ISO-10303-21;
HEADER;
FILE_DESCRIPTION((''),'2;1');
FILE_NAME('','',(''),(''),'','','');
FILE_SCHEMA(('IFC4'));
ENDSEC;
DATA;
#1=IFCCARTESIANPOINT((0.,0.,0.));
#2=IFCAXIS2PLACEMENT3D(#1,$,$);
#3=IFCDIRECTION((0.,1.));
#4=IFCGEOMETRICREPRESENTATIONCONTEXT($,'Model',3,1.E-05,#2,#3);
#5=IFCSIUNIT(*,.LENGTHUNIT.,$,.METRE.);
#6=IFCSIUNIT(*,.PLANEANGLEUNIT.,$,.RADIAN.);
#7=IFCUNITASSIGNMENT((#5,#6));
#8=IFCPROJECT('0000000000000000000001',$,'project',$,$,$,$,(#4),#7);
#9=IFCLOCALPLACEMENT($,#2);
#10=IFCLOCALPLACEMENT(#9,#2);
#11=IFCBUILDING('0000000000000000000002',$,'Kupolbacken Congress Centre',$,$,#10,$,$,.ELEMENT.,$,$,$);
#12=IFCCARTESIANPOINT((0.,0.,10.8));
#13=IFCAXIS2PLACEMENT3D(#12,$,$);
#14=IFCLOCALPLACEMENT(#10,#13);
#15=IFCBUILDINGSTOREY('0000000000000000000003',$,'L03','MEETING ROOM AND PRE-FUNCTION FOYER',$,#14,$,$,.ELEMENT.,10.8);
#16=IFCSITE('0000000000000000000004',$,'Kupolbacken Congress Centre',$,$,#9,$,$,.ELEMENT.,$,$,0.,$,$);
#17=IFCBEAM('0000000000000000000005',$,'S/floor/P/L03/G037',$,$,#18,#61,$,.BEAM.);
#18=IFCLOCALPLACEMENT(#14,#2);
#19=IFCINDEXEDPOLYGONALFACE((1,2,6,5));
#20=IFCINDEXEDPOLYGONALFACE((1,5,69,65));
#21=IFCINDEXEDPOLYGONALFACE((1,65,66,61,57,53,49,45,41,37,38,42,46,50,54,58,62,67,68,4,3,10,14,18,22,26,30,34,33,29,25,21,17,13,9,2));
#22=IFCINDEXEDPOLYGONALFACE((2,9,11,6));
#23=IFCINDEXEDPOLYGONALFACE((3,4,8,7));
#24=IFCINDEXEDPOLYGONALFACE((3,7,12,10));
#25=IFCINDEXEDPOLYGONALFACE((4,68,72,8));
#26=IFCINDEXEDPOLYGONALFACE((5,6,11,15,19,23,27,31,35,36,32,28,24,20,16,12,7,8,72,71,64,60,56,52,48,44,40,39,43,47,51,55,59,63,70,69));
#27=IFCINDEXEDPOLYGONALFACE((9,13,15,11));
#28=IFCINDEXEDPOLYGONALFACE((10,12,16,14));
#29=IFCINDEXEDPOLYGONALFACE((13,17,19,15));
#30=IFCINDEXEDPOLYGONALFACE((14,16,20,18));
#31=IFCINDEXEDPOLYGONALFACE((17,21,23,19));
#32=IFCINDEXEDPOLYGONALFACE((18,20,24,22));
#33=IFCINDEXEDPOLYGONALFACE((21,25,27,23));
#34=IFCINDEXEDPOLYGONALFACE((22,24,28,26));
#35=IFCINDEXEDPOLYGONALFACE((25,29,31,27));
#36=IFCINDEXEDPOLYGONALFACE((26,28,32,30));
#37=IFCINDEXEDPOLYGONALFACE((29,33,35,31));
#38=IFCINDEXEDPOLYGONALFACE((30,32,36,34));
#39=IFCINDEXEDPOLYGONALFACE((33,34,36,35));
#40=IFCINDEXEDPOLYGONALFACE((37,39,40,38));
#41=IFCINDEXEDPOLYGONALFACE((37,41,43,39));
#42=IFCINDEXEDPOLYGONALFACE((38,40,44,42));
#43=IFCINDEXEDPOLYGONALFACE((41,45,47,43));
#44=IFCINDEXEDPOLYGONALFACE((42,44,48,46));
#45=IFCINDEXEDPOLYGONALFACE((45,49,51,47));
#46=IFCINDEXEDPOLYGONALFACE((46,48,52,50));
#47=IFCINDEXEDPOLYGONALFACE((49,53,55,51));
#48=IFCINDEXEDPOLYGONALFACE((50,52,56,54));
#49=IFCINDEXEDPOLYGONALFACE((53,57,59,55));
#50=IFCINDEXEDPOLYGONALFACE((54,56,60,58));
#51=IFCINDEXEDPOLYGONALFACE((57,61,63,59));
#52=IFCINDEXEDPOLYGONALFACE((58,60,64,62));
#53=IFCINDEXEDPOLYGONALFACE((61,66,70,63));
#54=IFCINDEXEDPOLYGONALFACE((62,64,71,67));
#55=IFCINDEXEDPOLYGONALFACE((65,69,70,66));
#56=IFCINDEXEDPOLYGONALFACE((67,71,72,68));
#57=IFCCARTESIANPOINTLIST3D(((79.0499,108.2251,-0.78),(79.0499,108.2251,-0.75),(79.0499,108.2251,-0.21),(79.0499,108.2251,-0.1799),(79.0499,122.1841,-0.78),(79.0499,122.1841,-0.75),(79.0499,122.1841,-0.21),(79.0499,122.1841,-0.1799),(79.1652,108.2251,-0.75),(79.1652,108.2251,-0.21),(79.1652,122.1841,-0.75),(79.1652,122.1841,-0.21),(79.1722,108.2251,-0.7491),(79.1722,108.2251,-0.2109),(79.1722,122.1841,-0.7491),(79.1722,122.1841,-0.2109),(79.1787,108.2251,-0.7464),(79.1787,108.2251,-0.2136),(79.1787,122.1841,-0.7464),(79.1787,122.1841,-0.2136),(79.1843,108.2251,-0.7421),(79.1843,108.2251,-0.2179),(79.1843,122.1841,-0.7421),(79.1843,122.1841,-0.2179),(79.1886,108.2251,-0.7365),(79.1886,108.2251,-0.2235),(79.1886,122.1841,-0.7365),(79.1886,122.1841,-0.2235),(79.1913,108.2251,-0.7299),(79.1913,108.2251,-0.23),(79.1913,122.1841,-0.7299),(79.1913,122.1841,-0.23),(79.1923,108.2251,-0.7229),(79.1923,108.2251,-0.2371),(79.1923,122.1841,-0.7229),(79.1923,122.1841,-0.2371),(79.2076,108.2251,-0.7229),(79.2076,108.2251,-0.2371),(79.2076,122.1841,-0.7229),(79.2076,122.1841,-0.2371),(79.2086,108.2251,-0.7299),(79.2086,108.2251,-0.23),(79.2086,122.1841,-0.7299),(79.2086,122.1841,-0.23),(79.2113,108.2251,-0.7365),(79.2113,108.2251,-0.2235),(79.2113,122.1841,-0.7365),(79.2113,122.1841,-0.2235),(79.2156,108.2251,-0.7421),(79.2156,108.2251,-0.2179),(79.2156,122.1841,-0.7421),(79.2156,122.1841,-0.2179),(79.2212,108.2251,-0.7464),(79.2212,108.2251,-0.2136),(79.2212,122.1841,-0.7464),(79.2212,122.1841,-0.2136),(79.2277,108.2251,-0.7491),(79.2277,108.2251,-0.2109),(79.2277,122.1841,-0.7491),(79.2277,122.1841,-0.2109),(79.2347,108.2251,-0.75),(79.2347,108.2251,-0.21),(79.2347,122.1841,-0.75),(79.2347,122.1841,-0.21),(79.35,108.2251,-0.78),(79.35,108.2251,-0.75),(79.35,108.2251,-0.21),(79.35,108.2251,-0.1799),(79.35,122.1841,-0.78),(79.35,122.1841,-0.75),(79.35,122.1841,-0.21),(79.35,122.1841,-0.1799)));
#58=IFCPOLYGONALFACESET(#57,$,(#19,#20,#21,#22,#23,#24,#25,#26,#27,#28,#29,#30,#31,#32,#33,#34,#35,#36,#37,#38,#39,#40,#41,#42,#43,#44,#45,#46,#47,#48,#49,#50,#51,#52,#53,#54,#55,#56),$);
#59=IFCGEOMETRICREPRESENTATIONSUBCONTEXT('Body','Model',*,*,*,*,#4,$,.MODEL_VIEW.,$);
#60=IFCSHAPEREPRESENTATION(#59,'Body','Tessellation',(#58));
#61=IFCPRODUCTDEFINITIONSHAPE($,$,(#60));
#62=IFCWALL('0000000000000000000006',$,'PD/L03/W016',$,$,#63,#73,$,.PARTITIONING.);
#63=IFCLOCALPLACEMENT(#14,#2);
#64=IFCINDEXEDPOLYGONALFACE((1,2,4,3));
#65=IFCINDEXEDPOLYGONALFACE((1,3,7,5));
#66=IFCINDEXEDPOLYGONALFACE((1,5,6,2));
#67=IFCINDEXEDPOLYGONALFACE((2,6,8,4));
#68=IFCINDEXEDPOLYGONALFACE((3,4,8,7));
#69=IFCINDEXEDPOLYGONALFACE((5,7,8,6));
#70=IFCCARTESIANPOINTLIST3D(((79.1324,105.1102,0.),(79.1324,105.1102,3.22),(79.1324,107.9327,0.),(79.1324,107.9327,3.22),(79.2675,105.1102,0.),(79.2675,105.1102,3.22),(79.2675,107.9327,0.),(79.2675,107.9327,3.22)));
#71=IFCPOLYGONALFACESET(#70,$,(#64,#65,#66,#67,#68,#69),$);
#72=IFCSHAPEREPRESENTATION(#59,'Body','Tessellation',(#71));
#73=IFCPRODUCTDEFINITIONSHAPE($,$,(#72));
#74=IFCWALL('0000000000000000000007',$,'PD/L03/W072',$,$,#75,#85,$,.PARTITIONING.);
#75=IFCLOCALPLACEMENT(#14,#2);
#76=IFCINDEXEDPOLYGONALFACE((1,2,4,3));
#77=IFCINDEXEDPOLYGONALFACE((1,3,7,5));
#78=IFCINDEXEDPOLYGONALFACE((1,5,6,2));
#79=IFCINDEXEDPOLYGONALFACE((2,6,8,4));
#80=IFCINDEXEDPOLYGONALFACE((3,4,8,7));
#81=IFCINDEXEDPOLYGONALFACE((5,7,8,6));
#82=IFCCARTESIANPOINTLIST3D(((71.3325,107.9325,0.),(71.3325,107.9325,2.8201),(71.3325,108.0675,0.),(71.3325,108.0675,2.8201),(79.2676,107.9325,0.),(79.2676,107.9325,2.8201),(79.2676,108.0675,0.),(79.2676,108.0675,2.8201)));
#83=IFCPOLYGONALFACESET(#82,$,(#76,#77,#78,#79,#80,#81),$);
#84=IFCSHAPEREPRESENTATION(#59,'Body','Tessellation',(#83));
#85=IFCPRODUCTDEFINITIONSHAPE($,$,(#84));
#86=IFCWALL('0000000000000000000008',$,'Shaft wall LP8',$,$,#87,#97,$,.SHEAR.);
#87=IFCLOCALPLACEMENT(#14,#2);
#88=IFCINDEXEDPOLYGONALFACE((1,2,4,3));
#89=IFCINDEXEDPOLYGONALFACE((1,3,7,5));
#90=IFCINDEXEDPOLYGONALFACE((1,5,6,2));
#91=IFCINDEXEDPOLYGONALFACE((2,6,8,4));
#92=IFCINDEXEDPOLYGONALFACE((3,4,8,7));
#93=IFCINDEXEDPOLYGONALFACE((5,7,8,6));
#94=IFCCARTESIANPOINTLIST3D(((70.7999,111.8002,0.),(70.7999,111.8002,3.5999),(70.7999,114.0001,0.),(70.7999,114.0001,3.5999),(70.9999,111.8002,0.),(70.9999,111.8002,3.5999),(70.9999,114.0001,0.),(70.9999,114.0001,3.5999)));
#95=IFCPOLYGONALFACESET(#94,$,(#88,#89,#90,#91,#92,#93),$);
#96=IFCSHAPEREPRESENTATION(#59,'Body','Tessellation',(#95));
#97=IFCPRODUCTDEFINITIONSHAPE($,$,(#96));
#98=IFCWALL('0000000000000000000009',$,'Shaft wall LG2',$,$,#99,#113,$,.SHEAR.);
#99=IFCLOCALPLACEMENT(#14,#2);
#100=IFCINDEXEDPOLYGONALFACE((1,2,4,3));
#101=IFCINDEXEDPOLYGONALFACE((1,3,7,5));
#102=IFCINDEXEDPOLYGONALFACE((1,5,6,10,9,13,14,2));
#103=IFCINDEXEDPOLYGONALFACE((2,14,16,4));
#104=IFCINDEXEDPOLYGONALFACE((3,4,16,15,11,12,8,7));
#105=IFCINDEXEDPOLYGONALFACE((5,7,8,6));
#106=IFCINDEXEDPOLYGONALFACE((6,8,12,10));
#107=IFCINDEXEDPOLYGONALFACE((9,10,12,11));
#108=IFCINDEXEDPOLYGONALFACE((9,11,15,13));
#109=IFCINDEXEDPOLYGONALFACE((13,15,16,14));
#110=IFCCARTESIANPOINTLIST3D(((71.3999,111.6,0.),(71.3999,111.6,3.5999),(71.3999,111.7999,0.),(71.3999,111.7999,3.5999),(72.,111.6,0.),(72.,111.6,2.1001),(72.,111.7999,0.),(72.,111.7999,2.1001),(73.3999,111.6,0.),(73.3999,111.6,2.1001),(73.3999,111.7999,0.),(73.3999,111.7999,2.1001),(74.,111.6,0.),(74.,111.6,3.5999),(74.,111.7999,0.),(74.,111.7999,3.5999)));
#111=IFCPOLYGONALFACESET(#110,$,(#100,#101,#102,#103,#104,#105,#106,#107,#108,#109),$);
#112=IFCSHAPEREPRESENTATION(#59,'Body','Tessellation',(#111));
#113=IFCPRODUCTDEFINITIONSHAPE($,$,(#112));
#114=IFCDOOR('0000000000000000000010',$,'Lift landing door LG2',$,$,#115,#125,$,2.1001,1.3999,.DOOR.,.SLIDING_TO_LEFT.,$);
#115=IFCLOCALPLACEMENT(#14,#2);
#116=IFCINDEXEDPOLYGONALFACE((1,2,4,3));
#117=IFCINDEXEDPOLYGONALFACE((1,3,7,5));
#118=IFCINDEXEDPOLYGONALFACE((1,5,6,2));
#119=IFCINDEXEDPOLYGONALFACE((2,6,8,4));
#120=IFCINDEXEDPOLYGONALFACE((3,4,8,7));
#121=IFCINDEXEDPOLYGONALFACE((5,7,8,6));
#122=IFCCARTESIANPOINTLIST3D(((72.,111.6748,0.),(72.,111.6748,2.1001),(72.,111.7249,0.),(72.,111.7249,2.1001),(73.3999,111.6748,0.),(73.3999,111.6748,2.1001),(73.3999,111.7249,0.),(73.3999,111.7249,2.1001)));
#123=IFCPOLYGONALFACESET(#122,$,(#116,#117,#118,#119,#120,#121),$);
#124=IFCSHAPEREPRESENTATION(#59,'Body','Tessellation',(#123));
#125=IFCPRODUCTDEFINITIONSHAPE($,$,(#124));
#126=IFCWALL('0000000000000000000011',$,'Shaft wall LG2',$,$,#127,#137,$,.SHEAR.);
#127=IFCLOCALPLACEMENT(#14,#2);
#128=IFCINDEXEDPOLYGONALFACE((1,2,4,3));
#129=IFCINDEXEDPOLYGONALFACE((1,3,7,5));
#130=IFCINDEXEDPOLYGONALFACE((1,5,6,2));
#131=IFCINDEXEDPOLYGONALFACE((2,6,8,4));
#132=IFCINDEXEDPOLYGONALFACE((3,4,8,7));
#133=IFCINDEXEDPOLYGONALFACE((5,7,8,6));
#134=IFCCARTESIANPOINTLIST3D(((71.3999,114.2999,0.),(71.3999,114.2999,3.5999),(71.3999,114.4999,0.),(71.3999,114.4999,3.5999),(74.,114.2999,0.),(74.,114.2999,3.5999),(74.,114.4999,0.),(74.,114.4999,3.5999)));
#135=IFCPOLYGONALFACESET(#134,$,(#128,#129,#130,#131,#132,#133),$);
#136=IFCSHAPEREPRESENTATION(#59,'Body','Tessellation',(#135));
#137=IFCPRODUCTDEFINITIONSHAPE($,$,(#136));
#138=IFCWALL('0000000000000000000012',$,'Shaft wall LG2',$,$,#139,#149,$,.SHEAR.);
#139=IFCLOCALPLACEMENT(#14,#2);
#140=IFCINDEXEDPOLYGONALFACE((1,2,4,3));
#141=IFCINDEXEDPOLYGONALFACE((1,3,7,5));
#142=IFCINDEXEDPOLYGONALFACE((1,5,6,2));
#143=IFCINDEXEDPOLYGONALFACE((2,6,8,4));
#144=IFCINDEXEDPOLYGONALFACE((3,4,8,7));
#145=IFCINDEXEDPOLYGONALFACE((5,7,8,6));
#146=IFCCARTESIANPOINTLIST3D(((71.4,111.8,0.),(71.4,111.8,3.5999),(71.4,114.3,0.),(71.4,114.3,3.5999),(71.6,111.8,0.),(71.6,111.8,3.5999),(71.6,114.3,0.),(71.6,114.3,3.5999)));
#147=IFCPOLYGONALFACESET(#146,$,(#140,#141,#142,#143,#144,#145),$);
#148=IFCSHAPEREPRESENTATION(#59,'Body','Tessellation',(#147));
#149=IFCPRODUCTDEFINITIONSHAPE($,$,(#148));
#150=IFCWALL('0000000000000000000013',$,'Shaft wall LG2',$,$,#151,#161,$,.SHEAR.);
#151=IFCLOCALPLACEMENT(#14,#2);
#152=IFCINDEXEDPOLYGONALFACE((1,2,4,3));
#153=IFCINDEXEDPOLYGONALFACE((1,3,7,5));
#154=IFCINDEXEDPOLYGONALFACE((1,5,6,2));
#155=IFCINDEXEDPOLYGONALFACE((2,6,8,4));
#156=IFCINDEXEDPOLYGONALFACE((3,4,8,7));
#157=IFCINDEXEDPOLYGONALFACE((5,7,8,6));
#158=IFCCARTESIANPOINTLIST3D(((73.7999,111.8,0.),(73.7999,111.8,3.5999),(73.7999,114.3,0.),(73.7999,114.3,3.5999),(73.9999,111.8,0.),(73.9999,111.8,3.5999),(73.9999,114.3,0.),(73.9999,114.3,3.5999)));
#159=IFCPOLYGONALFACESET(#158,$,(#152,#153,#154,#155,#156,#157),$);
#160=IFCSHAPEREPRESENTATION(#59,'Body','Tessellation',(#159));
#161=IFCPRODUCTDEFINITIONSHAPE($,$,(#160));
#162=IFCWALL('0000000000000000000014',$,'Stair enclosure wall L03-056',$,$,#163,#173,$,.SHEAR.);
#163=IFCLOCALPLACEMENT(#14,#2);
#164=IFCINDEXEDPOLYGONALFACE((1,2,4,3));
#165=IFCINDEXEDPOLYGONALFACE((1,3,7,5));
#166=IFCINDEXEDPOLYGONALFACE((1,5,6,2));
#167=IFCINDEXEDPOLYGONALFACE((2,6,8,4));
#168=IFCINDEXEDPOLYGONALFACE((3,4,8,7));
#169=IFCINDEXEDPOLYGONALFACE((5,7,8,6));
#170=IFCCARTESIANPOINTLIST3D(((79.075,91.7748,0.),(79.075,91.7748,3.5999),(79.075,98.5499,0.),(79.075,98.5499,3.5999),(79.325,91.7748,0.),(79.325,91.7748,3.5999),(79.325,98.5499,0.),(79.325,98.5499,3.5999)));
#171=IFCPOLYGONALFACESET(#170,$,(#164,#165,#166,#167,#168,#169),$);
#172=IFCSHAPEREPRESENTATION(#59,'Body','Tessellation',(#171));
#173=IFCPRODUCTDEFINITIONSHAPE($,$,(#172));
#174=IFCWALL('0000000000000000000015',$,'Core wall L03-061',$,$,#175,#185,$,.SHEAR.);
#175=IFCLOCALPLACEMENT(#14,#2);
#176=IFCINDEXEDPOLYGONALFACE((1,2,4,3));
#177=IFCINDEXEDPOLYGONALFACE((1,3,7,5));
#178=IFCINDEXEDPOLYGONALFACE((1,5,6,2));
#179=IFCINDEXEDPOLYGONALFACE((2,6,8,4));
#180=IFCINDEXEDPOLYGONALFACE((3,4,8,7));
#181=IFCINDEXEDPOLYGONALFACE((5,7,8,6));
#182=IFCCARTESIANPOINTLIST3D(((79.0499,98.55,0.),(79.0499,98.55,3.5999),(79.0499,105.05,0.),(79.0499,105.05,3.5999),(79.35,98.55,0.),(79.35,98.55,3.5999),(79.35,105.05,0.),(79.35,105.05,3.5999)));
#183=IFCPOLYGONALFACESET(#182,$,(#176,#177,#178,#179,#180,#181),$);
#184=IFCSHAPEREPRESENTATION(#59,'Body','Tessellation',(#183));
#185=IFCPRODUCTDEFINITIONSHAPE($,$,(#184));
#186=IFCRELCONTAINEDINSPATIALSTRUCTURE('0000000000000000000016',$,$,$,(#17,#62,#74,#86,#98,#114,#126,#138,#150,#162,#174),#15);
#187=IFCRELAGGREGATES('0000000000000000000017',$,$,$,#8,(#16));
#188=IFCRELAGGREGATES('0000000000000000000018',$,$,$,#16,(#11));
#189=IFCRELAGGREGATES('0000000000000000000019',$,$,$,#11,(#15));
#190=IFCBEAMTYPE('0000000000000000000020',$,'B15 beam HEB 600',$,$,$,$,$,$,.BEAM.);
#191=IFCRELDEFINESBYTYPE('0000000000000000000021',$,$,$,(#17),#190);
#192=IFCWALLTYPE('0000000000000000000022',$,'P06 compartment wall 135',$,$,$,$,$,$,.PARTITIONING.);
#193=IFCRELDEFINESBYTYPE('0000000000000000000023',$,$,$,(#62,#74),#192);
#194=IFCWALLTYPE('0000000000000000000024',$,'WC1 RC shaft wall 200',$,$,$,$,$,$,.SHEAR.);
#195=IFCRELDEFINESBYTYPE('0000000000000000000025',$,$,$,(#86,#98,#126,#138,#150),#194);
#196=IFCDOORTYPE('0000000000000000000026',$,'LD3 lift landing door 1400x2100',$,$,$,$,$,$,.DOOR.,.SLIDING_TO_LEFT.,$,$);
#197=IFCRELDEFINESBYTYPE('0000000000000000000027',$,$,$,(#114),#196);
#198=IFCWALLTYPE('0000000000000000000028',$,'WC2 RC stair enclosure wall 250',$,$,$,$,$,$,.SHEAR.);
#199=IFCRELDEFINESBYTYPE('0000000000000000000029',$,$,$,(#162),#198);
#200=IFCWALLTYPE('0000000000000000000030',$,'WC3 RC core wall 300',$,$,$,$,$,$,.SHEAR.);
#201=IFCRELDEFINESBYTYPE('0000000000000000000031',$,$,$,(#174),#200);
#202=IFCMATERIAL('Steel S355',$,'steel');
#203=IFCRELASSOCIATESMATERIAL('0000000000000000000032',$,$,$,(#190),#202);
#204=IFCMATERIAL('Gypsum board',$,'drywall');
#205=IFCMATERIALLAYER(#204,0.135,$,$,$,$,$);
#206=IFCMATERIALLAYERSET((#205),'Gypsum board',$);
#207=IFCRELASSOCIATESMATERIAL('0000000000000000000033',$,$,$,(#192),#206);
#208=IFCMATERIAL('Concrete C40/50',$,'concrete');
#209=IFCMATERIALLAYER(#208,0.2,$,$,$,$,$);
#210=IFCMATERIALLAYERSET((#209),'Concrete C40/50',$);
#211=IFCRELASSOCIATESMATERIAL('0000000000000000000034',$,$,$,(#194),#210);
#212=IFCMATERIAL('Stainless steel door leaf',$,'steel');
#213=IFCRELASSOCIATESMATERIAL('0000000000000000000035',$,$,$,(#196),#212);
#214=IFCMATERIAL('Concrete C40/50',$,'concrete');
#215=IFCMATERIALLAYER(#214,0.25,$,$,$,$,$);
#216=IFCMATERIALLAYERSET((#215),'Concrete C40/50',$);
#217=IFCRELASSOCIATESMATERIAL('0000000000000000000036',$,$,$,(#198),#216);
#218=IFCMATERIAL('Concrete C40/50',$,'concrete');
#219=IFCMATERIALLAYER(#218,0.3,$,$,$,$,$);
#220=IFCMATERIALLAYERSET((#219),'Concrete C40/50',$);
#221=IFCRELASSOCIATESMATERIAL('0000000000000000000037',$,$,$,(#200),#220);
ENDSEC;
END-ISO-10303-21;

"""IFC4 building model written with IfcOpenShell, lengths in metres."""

from ifc_helpers import new_model, si_unit, direction, frame, frame_2d, origin, origin_2d, place, context, subcontext, project, spatial, rectangle, i_section, extrude, material, layer, layer_set, material_profile, profile_set, type_object, element, fill, save


model = new_model("IFC4")

# Units and contexts
model_context = context("Model", 3, precision=1e-05, world=origin(), true_north=direction((0.0, 1.0)))
body_context = subcontext(model_context, "Body", "Model", "MODEL_VIEW")
ifc_project = project(units=[si_unit("LENGTHUNIT", "METRE"), si_unit("PLANEANGLEUNIT", "RADIAN")], contexts=[model_context])

# Site, building, storey
site_placement = place(None, origin())
site = spatial("IfcSite", under=ifc_project, at=site_placement, Name="Kupolbacken Congress Centre", CompositionType="ELEMENT", RefElevation=0.0)
building_placement = place(site_placement, origin())
building = spatial("IfcBuilding", under=site, at=building_placement, Name="Kupolbacken Congress Centre", CompositionType="ELEMENT")
storey_placement = place(building_placement, frame((0.0, 0.0, 10.8)))
storey = spatial("IfcBuildingStorey", under=building, at=storey_placement, Name="L03", Description="MEETING ROOM AND PRE-FUNCTION FOYER", CompositionType="ELEMENT", Elevation=10.8)

# Beam
ifc_material_1 = material(Name="Steel S355", Category="steel")
ifc_material_profile_1 = material_profile(ifc_material_1, i_section(OverallWidth=0.3, OverallDepth=0.6001, WebThickness=0.0154, FlangeThickness=0.03, FilletRadius=0.0271, at=origin_2d()), Name="HEB 600")
ifc_profile_set_1 = profile_set([ifc_material_profile_1], Name="Steel S355")
beam_type_1 = type_object("IfcBeamType", Name="B15 beam HEB 600", PredefinedType="BEAM", material=ifc_profile_set_1)
beam_1_placement = place(storey_placement, frame((79.2, 108.2251, -0.48), z_axis=(0.0, 1.0, 0.0), x_axis=(-1.0, 0.0, 0.0)))
element("IfcBeam", 1, at=beam_1_placement, inside=storey, type_object=beam_type_1, Name="S/floor/P/L03/G037", PredefinedType="BEAM", context=body_context, shape_type="SweptSolid", body=[
    extrude(i_section(OverallWidth=0.3, OverallDepth=0.6001, WebThickness=0.0154, FlangeThickness=0.03, FilletRadius=0.0271, at=origin_2d()), origin(), (0.0, 0.0, 1.0), 13.959),
])

# Walls
ifc_material_2 = material(Name="Gypsum board", Category="drywall")
ifc_layer_1 = layer(ifc_material_2, 0.135)
ifc_layer_set_1 = layer_set([ifc_layer_1], Name="Gypsum board")
wall_type_1 = type_object("IfcWallType", Name="P06 compartment wall 135", PredefinedType="PARTITIONING", material=ifc_layer_set_1)
wall_1_placement = place(storey_placement, frame((79.2, 107.9326, 0.0), z_axis=(0.0, 0.0, 1.0), x_axis=(0.0, -1.0, 0.0)))
element("IfcWall", 2, at=wall_1_placement, inside=storey, type_object=wall_type_1, Name="PD/L03/W016", PredefinedType="PARTITIONING", context=body_context, shape_type="SweptSolid", body=[
    extrude(rectangle(XDim=2.8225, YDim=0.135, at=frame_2d((1.4111, 0.0))), origin(), (0.0, 0.0, 1.0), 3.22),
])
wall_2_placement = place(storey_placement, frame((71.3325, 108.0, 0.0), z_axis=(0.0, 0.0, 1.0), x_axis=(1.0, 0.0, 0.0)))
element("IfcWall", 3, at=wall_2_placement, inside=storey, type_object=wall_type_1, Name="PD/L03/W072", PredefinedType="PARTITIONING", context=body_context, shape_type="SweptSolid", body=[
    extrude(rectangle(XDim=7.9351, YDim=0.135, at=frame_2d((3.9675, 0.0))), origin(), (0.0, 0.0, 1.0), 2.8201),
])
ifc_material_3 = material(Name="Concrete C40/50", Category="concrete")
ifc_layer_2 = layer(ifc_material_3, 0.2)
ifc_layer_set_2 = layer_set([ifc_layer_2], Name="Concrete C40/50")
wall_type_2 = type_object("IfcWallType", Name="WC1 RC shaft wall 200", PredefinedType="SHEAR", material=ifc_layer_set_2)
wall_3_placement = place(storey_placement, frame((70.8999, 111.8, 0.0), z_axis=(0.0, 0.0, 1.0), x_axis=(0.0, 1.0, 0.0)))
element("IfcWall", 4, at=wall_3_placement, inside=storey, type_object=wall_type_2, Name="Shaft wall LP8", PredefinedType="SHEAR", context=body_context, shape_type="SweptSolid", body=[
    extrude(rectangle(XDim=2.2, YDim=0.2, at=frame_2d((1.1001, 0.0))), origin(), (0.0, 0.0, 1.0), 3.5999),
])

# Wall, opening, door
wall_4_placement = place(storey_placement, frame((71.3999, 111.7, 0.0), z_axis=(0.0, 0.0, 1.0), x_axis=(1.0, 0.0, 0.0)))
wall_4 = element("IfcWall", 5, at=wall_4_placement, inside=storey, type_object=wall_type_2, Name="Shaft wall LG2", PredefinedType="SHEAR", context=body_context, shape_type="SweptSolid", body=[
    extrude(rectangle(XDim=2.6001, YDim=0.2, at=frame_2d((1.3, 0.0))), origin(), (0.0, 0.0, 1.0), 3.5999),
])
opening_placement = place(wall_4_placement, frame((0.6001, 0.0, 0.0)))
opening = element("IfcOpeningElement", 6, at=opening_placement, cuts=wall_4, PredefinedType="OPENING", context=body_context, shape_type="SweptSolid", body=[
    extrude(rectangle(XDim=1.3999, YDim=2.1001, at=frame_2d((0.7, 1.05))), frame((0.0, 0.1099, 0.0), z_axis=(0.0, -1.0, 0.0), x_axis=(1.0, 0.0, 0.0)), (0.0, 0.0, 1.0), 0.22),
])
ifc_material_4 = material(Name="Stainless steel door leaf", Category="steel")
door_type = type_object("IfcDoorType", Name="LD3 lift landing door 1400x2100", OperationType="SLIDING_TO_LEFT", PredefinedType="DOOR", material=ifc_material_4)
door_placement = place(opening_placement, origin())
door = element("IfcDoor", 7, at=door_placement, inside=storey, type_object=door_type, Name="Lift landing door LG2", OperationType="SLIDING_TO_LEFT", OverallHeight=2.1001, OverallWidth=1.3999, PredefinedType="DOOR", context=body_context, shape_type="SweptSolid", body=[
    extrude(rectangle(XDim=1.3999, YDim=2.1001, at=frame_2d((0.7, 1.05))), frame((0.0, 0.0249, 0.0), z_axis=(0.0, -1.0, 0.0), x_axis=(1.0, 0.0, 0.0)), (0.0, 0.0, 1.0), 0.05),
])
fill(opening, door)

# Walls
wall_5_placement = place(storey_placement, frame((71.3999, 114.3999, 0.0), z_axis=(0.0, 0.0, 1.0), x_axis=(1.0, 0.0, 0.0)))
element("IfcWall", 8, at=wall_5_placement, inside=storey, type_object=wall_type_2, Name="Shaft wall LG2", PredefinedType="SHEAR", context=body_context, shape_type="SweptSolid", body=[
    extrude(rectangle(XDim=2.6001, YDim=0.2, at=frame_2d((1.3, 0.0))), origin(), (0.0, 0.0, 1.0), 3.5999),
])
for number, where, z_axis, x_axis, name in (
    (9, (71.5, 111.8, 0.0), (0.0, 0.0, 1.0), (0.0, 1.0, 0.0), "Shaft wall LG2"),
    (10, (73.8999, 111.8, 0.0), (0.0, 0.0, 1.0), (0.0, 1.0, 0.0), "Shaft wall LG2"),
):
    element("IfcWall", number, at=place(storey_placement, frame(where, z_axis=z_axis, x_axis=x_axis)), inside=storey, type_object=wall_type_2, Name=name, PredefinedType="SHEAR", context=body_context, shape_type="SweptSolid", body=[
        extrude(rectangle(XDim=2.5, YDim=0.2, at=frame_2d((1.25, 0.0))), origin(), (0.0, 0.0, 1.0), 3.5999),
    ])
ifc_material_5 = material(Name="Concrete C40/50", Category="concrete")
ifc_layer_3 = layer(ifc_material_5, 0.25)
ifc_layer_set_3 = layer_set([ifc_layer_3], Name="Concrete C40/50")
wall_type_3 = type_object("IfcWallType", Name="WC2 RC stair enclosure wall 250", PredefinedType="SHEAR", material=ifc_layer_set_3)
wall_6_placement = place(storey_placement, frame((79.2, 98.55, 0.0), z_axis=(0.0, 0.0, 1.0), x_axis=(0.0, -1.0, 0.0)))
element("IfcWall", 11, at=wall_6_placement, inside=storey, type_object=wall_type_3, Name="Stair enclosure wall L03-056", PredefinedType="SHEAR", context=body_context, shape_type="SweptSolid", body=[
    extrude(rectangle(XDim=6.7751, YDim=0.25, at=frame_2d((3.3877, 0.0))), origin(), (0.0, 0.0, 1.0), 3.5999),
])
ifc_material_6 = material(Name="Concrete C40/50", Category="concrete")
ifc_layer_4 = layer(ifc_material_6, 0.3)
ifc_layer_set_4 = layer_set([ifc_layer_4], Name="Concrete C40/50")
wall_type_4 = type_object("IfcWallType", Name="WC3 RC core wall 300", PredefinedType="SHEAR", material=ifc_layer_set_4)
wall_7_placement = place(storey_placement, frame((79.2, 105.05, 0.0), z_axis=(0.0, 0.0, 1.0), x_axis=(0.0, -1.0, 0.0)))
element("IfcWall", 12, at=wall_7_placement, inside=storey, type_object=wall_type_4, Name="Core wall L03-061", PredefinedType="SHEAR", context=body_context, shape_type="SweptSolid", body=[
    extrude(rectangle(XDim=6.5, YDim=0.3, at=frame_2d((3.25, 0.0))), origin(), (0.0, 0.0, 1.0), 3.5999),
])

save(model, "model.ifc")
